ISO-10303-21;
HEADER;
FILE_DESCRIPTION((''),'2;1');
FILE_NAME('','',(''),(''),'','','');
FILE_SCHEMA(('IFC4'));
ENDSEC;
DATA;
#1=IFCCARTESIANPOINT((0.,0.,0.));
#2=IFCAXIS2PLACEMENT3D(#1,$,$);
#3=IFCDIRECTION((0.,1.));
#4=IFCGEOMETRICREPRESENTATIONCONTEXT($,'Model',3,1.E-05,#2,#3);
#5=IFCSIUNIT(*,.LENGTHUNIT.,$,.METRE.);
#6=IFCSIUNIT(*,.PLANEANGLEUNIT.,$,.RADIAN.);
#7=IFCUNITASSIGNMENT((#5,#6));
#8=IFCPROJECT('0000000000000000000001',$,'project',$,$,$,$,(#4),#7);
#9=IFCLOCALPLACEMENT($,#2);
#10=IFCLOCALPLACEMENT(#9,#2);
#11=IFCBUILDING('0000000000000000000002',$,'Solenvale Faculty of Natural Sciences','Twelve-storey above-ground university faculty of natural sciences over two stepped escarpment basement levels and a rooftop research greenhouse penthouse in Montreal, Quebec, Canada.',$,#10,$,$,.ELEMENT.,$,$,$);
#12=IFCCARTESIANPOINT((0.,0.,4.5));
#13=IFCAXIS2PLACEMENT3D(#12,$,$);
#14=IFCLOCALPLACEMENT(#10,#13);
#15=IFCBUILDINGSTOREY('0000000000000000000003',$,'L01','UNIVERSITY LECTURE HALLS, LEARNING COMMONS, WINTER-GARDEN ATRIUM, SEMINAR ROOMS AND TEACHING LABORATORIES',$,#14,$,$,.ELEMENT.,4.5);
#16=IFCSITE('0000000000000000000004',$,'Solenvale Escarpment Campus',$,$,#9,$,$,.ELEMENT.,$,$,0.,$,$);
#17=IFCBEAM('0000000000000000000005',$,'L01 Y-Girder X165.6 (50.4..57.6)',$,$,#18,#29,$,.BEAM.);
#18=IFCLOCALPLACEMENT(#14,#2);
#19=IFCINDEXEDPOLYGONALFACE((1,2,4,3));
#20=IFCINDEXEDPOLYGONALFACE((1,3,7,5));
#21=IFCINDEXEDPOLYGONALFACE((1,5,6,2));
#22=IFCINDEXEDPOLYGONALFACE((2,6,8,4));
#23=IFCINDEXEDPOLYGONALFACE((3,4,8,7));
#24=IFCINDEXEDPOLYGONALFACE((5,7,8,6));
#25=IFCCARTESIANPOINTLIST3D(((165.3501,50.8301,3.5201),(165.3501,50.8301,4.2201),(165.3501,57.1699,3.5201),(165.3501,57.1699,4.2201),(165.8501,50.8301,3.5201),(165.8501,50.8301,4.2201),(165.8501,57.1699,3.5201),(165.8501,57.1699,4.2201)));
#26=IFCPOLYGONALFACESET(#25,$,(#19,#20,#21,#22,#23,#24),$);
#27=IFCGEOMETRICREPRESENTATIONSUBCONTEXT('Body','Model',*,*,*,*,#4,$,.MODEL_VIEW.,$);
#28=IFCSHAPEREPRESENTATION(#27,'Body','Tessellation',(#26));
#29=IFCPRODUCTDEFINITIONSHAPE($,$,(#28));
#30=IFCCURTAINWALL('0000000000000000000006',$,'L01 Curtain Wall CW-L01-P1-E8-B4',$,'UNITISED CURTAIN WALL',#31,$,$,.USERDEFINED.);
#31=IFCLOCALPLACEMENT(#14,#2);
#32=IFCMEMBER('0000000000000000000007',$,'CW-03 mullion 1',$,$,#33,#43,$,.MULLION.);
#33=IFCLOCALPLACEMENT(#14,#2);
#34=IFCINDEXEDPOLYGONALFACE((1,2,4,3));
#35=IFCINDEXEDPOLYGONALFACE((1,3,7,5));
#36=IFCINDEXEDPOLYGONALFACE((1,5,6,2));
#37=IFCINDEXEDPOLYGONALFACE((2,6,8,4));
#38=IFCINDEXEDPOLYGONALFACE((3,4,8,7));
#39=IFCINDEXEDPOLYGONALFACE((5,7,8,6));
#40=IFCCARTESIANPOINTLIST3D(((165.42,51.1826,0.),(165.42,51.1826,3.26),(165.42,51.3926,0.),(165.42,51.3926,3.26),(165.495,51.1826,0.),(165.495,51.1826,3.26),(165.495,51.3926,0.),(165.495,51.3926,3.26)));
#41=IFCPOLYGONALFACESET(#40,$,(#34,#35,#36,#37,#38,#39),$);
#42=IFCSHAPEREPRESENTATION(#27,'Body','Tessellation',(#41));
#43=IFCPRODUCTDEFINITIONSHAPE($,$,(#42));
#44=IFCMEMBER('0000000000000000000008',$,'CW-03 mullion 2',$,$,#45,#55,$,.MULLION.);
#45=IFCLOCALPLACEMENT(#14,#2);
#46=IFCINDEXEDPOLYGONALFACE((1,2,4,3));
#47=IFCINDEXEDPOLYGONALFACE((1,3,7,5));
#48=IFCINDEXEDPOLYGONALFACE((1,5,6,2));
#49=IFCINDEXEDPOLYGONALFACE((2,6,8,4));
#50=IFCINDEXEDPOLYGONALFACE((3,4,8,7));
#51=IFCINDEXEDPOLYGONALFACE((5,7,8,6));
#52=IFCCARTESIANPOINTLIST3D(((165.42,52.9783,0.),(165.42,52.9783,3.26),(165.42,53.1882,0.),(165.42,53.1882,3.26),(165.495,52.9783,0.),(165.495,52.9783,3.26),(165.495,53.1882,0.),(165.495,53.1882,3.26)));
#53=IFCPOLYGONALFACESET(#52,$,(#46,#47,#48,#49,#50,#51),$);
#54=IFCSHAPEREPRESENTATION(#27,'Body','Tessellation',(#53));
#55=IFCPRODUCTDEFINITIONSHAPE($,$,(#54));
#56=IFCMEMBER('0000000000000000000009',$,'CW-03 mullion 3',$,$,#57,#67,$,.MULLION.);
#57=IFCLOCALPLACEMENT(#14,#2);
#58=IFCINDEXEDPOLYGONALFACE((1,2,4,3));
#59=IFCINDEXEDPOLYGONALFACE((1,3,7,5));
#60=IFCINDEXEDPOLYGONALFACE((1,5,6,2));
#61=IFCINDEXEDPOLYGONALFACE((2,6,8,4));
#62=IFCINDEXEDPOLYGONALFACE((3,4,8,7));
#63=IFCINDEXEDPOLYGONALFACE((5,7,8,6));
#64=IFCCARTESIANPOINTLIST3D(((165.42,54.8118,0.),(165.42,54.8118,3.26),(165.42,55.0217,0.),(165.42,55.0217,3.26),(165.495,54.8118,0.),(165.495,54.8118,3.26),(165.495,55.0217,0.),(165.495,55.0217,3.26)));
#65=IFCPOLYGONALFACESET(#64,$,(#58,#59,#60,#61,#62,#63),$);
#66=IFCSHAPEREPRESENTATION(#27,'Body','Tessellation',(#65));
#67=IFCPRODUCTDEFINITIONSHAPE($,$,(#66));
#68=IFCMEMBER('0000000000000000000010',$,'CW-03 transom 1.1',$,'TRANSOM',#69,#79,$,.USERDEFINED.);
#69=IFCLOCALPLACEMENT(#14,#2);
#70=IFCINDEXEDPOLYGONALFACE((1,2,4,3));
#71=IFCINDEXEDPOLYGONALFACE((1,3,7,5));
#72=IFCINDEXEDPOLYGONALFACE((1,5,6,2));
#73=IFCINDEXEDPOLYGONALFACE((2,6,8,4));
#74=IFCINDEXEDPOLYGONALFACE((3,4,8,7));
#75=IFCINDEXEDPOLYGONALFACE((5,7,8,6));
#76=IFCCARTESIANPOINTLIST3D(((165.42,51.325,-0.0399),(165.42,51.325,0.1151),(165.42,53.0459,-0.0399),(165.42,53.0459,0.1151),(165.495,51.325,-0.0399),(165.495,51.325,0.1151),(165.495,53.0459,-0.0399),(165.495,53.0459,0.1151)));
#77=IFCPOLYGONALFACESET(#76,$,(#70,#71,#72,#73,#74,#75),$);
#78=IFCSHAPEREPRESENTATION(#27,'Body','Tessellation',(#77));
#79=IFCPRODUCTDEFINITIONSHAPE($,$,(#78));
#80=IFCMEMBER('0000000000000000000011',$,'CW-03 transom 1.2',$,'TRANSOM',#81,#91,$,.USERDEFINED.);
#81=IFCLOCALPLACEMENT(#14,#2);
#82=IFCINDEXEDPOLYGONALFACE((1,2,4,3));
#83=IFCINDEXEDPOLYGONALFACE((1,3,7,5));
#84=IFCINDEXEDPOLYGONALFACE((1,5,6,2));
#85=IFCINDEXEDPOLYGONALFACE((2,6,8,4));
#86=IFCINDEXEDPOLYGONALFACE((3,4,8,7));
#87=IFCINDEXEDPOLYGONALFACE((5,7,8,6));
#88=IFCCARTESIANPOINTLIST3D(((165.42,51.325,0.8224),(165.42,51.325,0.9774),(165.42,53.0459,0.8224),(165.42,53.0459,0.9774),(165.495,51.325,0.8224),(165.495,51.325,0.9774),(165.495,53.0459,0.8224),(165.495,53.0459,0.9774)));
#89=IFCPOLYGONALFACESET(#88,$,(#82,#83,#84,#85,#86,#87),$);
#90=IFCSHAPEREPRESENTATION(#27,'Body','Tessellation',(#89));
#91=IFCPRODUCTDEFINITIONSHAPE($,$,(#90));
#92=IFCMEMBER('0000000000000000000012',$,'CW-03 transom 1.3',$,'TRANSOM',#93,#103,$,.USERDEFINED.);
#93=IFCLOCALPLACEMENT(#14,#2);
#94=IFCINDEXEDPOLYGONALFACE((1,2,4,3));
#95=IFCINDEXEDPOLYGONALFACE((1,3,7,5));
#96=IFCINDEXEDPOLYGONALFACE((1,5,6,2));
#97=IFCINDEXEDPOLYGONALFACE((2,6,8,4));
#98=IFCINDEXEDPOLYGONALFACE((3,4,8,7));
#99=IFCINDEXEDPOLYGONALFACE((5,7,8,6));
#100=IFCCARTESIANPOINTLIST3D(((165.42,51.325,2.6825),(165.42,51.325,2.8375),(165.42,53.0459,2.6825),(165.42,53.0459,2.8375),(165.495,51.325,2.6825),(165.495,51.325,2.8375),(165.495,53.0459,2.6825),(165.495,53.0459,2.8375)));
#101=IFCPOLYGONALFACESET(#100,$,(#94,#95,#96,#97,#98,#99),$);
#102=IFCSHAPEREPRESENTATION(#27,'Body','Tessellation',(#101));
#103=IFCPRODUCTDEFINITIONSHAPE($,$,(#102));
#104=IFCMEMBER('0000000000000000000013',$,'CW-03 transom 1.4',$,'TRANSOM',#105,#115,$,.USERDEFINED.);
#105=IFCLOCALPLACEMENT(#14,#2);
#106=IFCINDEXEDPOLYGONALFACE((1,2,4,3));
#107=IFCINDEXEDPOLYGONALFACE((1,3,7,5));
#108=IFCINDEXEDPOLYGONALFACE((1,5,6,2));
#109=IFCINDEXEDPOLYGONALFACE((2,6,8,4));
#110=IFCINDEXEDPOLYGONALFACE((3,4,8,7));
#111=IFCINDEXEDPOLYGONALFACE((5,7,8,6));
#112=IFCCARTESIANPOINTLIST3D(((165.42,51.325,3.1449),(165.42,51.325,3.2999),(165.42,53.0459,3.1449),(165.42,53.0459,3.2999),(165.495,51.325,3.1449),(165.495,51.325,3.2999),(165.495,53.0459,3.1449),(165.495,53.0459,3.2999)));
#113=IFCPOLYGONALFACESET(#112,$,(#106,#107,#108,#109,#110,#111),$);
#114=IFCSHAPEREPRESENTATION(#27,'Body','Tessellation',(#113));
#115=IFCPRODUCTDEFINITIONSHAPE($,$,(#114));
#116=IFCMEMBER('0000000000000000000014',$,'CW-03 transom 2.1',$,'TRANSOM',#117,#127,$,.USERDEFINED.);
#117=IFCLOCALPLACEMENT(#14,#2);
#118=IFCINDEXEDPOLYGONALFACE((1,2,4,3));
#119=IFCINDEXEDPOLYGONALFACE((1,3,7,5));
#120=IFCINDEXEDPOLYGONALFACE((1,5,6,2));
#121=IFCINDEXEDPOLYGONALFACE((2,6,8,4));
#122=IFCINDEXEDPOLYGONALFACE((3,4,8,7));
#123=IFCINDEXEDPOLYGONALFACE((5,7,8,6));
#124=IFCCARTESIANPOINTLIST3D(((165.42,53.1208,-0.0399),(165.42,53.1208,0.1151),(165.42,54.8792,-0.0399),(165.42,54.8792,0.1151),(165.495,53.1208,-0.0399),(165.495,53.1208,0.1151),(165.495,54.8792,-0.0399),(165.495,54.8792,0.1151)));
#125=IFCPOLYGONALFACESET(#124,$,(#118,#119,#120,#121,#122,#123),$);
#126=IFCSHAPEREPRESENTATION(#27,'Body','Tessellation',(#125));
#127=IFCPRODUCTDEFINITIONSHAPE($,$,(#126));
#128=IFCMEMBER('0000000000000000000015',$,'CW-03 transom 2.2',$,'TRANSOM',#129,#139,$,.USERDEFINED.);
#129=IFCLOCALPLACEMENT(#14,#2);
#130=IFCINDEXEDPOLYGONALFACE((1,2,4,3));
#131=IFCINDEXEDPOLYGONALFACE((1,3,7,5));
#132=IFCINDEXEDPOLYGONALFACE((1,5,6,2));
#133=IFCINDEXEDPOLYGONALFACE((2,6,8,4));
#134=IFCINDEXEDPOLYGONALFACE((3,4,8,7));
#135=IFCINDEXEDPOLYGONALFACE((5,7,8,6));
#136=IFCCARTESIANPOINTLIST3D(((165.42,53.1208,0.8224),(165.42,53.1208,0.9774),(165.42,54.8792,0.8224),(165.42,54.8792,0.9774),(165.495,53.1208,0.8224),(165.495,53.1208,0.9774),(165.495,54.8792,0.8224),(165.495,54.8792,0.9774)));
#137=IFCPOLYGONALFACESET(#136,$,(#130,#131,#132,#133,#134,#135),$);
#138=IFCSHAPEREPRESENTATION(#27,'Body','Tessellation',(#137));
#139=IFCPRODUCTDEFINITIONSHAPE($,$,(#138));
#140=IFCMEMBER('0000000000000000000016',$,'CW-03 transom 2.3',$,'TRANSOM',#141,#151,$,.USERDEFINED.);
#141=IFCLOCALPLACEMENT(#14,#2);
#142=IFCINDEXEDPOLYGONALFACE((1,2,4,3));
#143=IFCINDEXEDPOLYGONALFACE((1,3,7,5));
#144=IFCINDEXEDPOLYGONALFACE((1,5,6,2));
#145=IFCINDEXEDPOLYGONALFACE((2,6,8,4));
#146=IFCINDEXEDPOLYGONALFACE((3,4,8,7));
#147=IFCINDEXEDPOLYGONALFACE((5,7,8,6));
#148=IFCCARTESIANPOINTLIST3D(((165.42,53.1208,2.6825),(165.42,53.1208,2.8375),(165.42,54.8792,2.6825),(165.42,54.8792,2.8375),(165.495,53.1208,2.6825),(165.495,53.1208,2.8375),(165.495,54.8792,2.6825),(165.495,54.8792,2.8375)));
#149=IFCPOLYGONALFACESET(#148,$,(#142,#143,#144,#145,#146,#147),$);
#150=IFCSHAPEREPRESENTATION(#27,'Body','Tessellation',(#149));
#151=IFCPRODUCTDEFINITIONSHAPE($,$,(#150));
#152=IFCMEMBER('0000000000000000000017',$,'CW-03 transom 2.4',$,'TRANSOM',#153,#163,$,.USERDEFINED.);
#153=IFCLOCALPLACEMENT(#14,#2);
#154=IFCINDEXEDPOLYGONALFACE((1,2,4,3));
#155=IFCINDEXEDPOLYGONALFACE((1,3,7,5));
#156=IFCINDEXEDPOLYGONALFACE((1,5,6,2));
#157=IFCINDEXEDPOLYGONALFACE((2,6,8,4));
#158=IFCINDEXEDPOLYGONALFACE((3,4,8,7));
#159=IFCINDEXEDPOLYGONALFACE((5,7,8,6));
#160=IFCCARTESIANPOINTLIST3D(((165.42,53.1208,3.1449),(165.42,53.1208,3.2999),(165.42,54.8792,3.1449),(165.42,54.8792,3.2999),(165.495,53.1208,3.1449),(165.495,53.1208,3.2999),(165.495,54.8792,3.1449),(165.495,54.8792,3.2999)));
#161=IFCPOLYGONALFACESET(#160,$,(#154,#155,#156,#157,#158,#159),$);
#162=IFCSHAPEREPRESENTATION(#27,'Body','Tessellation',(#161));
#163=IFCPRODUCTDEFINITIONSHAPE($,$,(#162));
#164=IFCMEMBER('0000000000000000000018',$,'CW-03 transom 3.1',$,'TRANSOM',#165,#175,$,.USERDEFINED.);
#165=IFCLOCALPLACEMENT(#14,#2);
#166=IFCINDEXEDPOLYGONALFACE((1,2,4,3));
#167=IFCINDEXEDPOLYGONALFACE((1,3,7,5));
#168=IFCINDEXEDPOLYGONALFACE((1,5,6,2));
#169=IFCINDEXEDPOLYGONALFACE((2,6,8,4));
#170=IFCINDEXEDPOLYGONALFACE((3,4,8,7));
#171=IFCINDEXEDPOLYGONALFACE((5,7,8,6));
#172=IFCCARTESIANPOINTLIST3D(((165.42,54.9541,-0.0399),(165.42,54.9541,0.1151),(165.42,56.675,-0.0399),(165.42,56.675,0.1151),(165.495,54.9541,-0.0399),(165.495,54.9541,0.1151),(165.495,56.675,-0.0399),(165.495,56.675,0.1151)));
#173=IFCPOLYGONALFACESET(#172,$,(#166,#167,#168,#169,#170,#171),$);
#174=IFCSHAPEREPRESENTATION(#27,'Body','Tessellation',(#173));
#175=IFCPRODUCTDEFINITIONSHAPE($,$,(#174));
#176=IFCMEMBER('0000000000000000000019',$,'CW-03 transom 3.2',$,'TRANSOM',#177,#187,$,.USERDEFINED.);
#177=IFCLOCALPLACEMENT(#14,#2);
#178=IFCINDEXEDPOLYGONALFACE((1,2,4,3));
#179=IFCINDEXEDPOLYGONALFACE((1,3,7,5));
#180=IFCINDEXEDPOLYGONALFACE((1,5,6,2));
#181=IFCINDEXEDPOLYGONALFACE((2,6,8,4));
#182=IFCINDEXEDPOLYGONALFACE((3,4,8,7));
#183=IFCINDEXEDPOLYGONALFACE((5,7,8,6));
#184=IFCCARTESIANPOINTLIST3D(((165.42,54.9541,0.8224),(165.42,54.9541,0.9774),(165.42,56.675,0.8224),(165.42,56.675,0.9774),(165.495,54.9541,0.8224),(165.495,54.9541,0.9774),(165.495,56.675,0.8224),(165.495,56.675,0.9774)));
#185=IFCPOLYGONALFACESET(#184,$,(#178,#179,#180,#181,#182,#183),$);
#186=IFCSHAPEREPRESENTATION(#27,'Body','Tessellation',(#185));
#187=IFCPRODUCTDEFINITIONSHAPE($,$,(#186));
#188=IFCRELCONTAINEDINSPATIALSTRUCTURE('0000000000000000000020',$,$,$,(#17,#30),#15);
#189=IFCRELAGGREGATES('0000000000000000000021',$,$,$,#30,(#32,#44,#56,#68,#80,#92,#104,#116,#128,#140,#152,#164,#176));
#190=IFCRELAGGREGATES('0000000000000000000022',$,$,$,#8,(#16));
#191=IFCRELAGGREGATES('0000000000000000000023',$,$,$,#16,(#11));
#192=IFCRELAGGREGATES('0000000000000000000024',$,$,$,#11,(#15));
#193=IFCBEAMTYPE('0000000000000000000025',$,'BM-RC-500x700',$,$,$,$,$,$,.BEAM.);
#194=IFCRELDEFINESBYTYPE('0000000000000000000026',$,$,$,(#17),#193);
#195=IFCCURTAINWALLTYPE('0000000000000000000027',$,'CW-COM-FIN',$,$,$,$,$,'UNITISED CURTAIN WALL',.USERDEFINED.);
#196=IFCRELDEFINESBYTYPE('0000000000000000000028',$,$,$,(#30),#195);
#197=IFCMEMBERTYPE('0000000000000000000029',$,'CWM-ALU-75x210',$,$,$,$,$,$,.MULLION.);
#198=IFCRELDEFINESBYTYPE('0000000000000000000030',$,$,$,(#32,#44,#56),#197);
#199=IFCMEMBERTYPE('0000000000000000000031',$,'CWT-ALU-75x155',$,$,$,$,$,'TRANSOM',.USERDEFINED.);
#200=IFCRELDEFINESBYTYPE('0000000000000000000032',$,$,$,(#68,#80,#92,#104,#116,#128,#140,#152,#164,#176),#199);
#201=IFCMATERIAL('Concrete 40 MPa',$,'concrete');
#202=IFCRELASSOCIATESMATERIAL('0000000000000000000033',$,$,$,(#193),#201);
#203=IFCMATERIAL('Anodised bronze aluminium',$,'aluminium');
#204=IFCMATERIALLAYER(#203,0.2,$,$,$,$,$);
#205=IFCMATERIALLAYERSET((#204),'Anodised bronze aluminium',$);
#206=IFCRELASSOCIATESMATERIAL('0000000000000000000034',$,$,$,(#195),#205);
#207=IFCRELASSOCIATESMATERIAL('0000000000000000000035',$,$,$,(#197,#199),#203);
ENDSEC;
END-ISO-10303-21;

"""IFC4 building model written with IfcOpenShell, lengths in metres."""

from ifc_helpers import new_model, si_unit, direction, frame, origin, origin_2d, place, context, subcontext, project, spatial, rectangle, extrude, material, layer, layer_set, material_profile, profile_set, type_object, element, aggregate, save


model = new_model("IFC4")

# Units and contexts
model_context = context("Model", 3, precision=1e-05, world=origin(), true_north=direction((0.0, 1.0)))
body_context = subcontext(model_context, "Body", "Model", "MODEL_VIEW")
ifc_project = project(units=[si_unit("LENGTHUNIT", "METRE"), si_unit("PLANEANGLEUNIT", "RADIAN")], contexts=[model_context])

# Site, building, storey
site_placement = place(None, origin())
site = spatial("IfcSite", under=ifc_project, at=site_placement, Name="Solenvale Escarpment Campus", CompositionType="ELEMENT", RefElevation=0.0)
building_placement = place(site_placement, origin())
building = spatial("IfcBuilding", under=site, at=building_placement, Name="Solenvale Faculty of Natural Sciences", Description="Twelve-storey above-ground university faculty of natural sciences over two stepped escarpment basement levels and a rooftop research greenhouse penthouse in Montreal, Quebec, Canada.", CompositionType="ELEMENT")
storey_placement = place(building_placement, frame((0.0, 0.0, 4.5)))
storey = spatial("IfcBuildingStorey", under=building, at=storey_placement, Name="L01", Description="UNIVERSITY LECTURE HALLS, LEARNING COMMONS, WINTER-GARDEN ATRIUM, SEMINAR ROOMS AND TEACHING LABORATORIES", CompositionType="ELEMENT", Elevation=4.5)

# Beam
ifc_material_1 = material(Name="Concrete 40 MPa", Category="concrete")
ifc_material_profile_1 = material_profile(ifc_material_1, rectangle(XDim=0.5, YDim=0.7, at=origin_2d()), Name="RC-BM-500x700")
ifc_profile_set_1 = profile_set([ifc_material_profile_1], Name="Concrete 40 MPa")
beam_type = type_object("IfcBeamType", Name="BM-RC-500x700", PredefinedType="BEAM", material=ifc_profile_set_1)
beam_placement = place(storey_placement, frame((165.6001, 50.8301, 3.8701), z_axis=(0.0, 1.0, 0.0), x_axis=(-1.0, 0.0, 0.0)))
element("IfcBeam", 1, at=beam_placement, inside=storey, type_object=beam_type, Name="L01 Y-Girder X165.6 (50.4..57.6)", PredefinedType="BEAM", context=body_context, shape_type="SweptSolid", body=[
    extrude(rectangle(XDim=0.5, YDim=0.7, at=origin_2d()), origin(), (0.0, 0.0, 1.0), 6.3398),
])

# Curtain wall, members
ifc_material_2 = material(Name="Anodised bronze aluminium", Category="aluminium")
ifc_layer_1 = layer(ifc_material_2, 0.2)
ifc_layer_set_1 = layer_set([ifc_layer_1], Name="Anodised bronze aluminium")
curtain_wall_type = type_object("IfcCurtainWallType", Name="CW-COM-FIN", ElementType="UNITISED CURTAIN WALL", PredefinedType="USERDEFINED", material=ifc_layer_set_1)
curtain_wall_placement = place(storey_placement, origin())
curtain_wall = element("IfcCurtainWall", 2, at=curtain_wall_placement, inside=storey, type_object=curtain_wall_type, Name="L01 Curtain Wall CW-L01-P1-E8-B4", ObjectType="UNITISED CURTAIN WALL", PredefinedType="USERDEFINED")
ifc_material_profile_2 = material_profile(ifc_material_2, rectangle(XDim=0.075, YDim=0.21, at=origin_2d()), Name="ALU-MUL-75x210")
ifc_profile_set_2 = profile_set([ifc_material_profile_2], Name="Anodised bronze aluminium")
member_type_1 = type_object("IfcMemberType", Name="CWM-ALU-75x210", PredefinedType="MULLION", material=ifc_profile_set_2)
member_1_placement = place(storey_placement, frame((165.4575, 51.2876, 0.0), z_axis=(0.0, 0.0, 1.0), x_axis=(-1.0, 0.0, 0.0)))
member_1 = element("IfcMember", 3, at=member_1_placement, type_object=member_type_1, Name="CW-03 mullion 1", PredefinedType="MULLION", context=body_context, shape_type="SweptSolid", body=[
    extrude(rectangle(XDim=0.075, YDim=0.21, at=origin_2d()), origin(), (0.0, 0.0, 1.0), 3.26),
])
member_2_placement = place(storey_placement, frame((165.4575, 53.0833, 0.0), z_axis=(0.0, 0.0, 1.0), x_axis=(-1.0, 0.0, 0.0)))
member_2 = element("IfcMember", 4, at=member_2_placement, type_object=member_type_1, Name="CW-03 mullion 2", PredefinedType="MULLION", context=body_context, shape_type="SweptSolid", body=[
    extrude(rectangle(XDim=0.075, YDim=0.21, at=origin_2d()), origin(), (0.0, 0.0, 1.0), 3.26),
])
member_3_placement = place(storey_placement, frame((165.4575, 54.9167, 0.0), z_axis=(0.0, 0.0, 1.0), x_axis=(-1.0, 0.0, 0.0)))
member_3 = element("IfcMember", 5, at=member_3_placement, type_object=member_type_1, Name="CW-03 mullion 3", PredefinedType="MULLION", context=body_context, shape_type="SweptSolid", body=[
    extrude(rectangle(XDim=0.075, YDim=0.21, at=origin_2d()), origin(), (0.0, 0.0, 1.0), 3.26),
])
ifc_material_profile_3 = material_profile(ifc_material_2, rectangle(XDim=0.075, YDim=0.155, at=origin_2d()), Name="ALU-TRN-75x155")
ifc_profile_set_3 = profile_set([ifc_material_profile_3], Name="Anodised bronze aluminium")
member_type_2 = type_object("IfcMemberType", Name="CWT-ALU-75x155", ElementType="TRANSOM", PredefinedType="USERDEFINED", material=ifc_profile_set_3)
member_4_placement = place(storey_placement, frame((165.4575, 51.325, 0.0376), z_axis=(0.0, 1.0, 0.0), x_axis=(-1.0, 0.0, 0.0)))
member_4 = element("IfcMember", 6, at=member_4_placement, type_object=member_type_2, Name="CW-03 transom 1.1", ObjectType="TRANSOM", PredefinedType="USERDEFINED", context=body_context, shape_type="SweptSolid", body=[
    extrude(rectangle(XDim=0.075, YDim=0.155, at=origin_2d()), origin(), (0.0, 0.0, 1.0), 1.7209),
])
member_5_placement = place(storey_placement, frame((165.4575, 51.325, 0.8999), z_axis=(0.0, 1.0, 0.0), x_axis=(-1.0, 0.0, 0.0)))
member_5 = element("IfcMember", 7, at=member_5_placement, type_object=member_type_2, Name="CW-03 transom 1.2", ObjectType="TRANSOM", PredefinedType="USERDEFINED", context=body_context, shape_type="SweptSolid", body=[
    extrude(rectangle(XDim=0.075, YDim=0.155, at=origin_2d()), origin(), (0.0, 0.0, 1.0), 1.7209),
])
member_6_placement = place(storey_placement, frame((165.4575, 51.325, 2.76), z_axis=(0.0, 1.0, 0.0), x_axis=(-1.0, 0.0, 0.0)))
member_6 = element("IfcMember", 8, at=member_6_placement, type_object=member_type_2, Name="CW-03 transom 1.3", ObjectType="TRANSOM", PredefinedType="USERDEFINED", context=body_context, shape_type="SweptSolid", body=[
    extrude(rectangle(XDim=0.075, YDim=0.155, at=origin_2d()), origin(), (0.0, 0.0, 1.0), 1.7209),
])
member_7_placement = place(storey_placement, frame((165.4575, 51.325, 3.2224), z_axis=(0.0, 1.0, 0.0), x_axis=(-1.0, 0.0, 0.0)))
member_7 = element("IfcMember", 9, at=member_7_placement, type_object=member_type_2, Name="CW-03 transom 1.4", ObjectType="TRANSOM", PredefinedType="USERDEFINED", context=body_context, shape_type="SweptSolid", body=[
    extrude(rectangle(XDim=0.075, YDim=0.155, at=origin_2d()), origin(), (0.0, 0.0, 1.0), 1.7209),
])
member_8_placement = place(storey_placement, frame((165.4575, 53.1208, 0.0376), z_axis=(0.0, 1.0, 0.0), x_axis=(-1.0, 0.0, 0.0)))
member_8 = element("IfcMember", 10, at=member_8_placement, type_object=member_type_2, Name="CW-03 transom 2.1", ObjectType="TRANSOM", PredefinedType="USERDEFINED", context=body_context, shape_type="SweptSolid", body=[
    extrude(rectangle(XDim=0.075, YDim=0.155, at=origin_2d()), origin(), (0.0, 0.0, 1.0), 1.7583),
])
member_9_placement = place(storey_placement, frame((165.4575, 53.1208, 0.8999), z_axis=(0.0, 1.0, 0.0), x_axis=(-1.0, 0.0, 0.0)))
member_9 = element("IfcMember", 11, at=member_9_placement, type_object=member_type_2, Name="CW-03 transom 2.2", ObjectType="TRANSOM", PredefinedType="USERDEFINED", context=body_context, shape_type="SweptSolid", body=[
    extrude(rectangle(XDim=0.075, YDim=0.155, at=origin_2d()), origin(), (0.0, 0.0, 1.0), 1.7583),
])
member_10_placement = place(storey_placement, frame((165.4575, 53.1208, 2.76), z_axis=(0.0, 1.0, 0.0), x_axis=(-1.0, 0.0, 0.0)))
member_10 = element("IfcMember", 12, at=member_10_placement, type_object=member_type_2, Name="CW-03 transom 2.3", ObjectType="TRANSOM", PredefinedType="USERDEFINED", context=body_context, shape_type="SweptSolid", body=[
    extrude(rectangle(XDim=0.075, YDim=0.155, at=origin_2d()), origin(), (0.0, 0.0, 1.0), 1.7583),
])
member_11_placement = place(storey_placement, frame((165.4575, 53.1208, 3.2224), z_axis=(0.0, 1.0, 0.0), x_axis=(-1.0, 0.0, 0.0)))
member_11 = element("IfcMember", 13, at=member_11_placement, type_object=member_type_2, Name="CW-03 transom 2.4", ObjectType="TRANSOM", PredefinedType="USERDEFINED", context=body_context, shape_type="SweptSolid", body=[
    extrude(rectangle(XDim=0.075, YDim=0.155, at=origin_2d()), origin(), (0.0, 0.0, 1.0), 1.7583),
])
member_12_placement = place(storey_placement, frame((165.4575, 54.9541, 0.0376), z_axis=(0.0, 1.0, 0.0), x_axis=(-1.0, 0.0, 0.0)))
member_12 = element("IfcMember", 14, at=member_12_placement, type_object=member_type_2, Name="CW-03 transom 3.1", ObjectType="TRANSOM", PredefinedType="USERDEFINED", context=body_context, shape_type="SweptSolid", body=[
    extrude(rectangle(XDim=0.075, YDim=0.155, at=origin_2d()), origin(), (0.0, 0.0, 1.0), 1.7209),
])
member_13_placement = place(storey_placement, frame((165.4575, 54.9541, 0.8999), z_axis=(0.0, 1.0, 0.0), x_axis=(-1.0, 0.0, 0.0)))
member_13 = element("IfcMember", 15, at=member_13_placement, type_object=member_type_2, Name="CW-03 transom 3.2", ObjectType="TRANSOM", PredefinedType="USERDEFINED", context=body_context, shape_type="SweptSolid", body=[
    extrude(rectangle(XDim=0.075, YDim=0.155, at=origin_2d()), origin(), (0.0, 0.0, 1.0), 1.7209),
])
aggregate(curtain_wall, [member_1, member_2, member_3, member_4, member_5, member_6, member_7, member_8, member_9, member_10, member_11, member_12, member_13])

save(model, "model.ifc")
